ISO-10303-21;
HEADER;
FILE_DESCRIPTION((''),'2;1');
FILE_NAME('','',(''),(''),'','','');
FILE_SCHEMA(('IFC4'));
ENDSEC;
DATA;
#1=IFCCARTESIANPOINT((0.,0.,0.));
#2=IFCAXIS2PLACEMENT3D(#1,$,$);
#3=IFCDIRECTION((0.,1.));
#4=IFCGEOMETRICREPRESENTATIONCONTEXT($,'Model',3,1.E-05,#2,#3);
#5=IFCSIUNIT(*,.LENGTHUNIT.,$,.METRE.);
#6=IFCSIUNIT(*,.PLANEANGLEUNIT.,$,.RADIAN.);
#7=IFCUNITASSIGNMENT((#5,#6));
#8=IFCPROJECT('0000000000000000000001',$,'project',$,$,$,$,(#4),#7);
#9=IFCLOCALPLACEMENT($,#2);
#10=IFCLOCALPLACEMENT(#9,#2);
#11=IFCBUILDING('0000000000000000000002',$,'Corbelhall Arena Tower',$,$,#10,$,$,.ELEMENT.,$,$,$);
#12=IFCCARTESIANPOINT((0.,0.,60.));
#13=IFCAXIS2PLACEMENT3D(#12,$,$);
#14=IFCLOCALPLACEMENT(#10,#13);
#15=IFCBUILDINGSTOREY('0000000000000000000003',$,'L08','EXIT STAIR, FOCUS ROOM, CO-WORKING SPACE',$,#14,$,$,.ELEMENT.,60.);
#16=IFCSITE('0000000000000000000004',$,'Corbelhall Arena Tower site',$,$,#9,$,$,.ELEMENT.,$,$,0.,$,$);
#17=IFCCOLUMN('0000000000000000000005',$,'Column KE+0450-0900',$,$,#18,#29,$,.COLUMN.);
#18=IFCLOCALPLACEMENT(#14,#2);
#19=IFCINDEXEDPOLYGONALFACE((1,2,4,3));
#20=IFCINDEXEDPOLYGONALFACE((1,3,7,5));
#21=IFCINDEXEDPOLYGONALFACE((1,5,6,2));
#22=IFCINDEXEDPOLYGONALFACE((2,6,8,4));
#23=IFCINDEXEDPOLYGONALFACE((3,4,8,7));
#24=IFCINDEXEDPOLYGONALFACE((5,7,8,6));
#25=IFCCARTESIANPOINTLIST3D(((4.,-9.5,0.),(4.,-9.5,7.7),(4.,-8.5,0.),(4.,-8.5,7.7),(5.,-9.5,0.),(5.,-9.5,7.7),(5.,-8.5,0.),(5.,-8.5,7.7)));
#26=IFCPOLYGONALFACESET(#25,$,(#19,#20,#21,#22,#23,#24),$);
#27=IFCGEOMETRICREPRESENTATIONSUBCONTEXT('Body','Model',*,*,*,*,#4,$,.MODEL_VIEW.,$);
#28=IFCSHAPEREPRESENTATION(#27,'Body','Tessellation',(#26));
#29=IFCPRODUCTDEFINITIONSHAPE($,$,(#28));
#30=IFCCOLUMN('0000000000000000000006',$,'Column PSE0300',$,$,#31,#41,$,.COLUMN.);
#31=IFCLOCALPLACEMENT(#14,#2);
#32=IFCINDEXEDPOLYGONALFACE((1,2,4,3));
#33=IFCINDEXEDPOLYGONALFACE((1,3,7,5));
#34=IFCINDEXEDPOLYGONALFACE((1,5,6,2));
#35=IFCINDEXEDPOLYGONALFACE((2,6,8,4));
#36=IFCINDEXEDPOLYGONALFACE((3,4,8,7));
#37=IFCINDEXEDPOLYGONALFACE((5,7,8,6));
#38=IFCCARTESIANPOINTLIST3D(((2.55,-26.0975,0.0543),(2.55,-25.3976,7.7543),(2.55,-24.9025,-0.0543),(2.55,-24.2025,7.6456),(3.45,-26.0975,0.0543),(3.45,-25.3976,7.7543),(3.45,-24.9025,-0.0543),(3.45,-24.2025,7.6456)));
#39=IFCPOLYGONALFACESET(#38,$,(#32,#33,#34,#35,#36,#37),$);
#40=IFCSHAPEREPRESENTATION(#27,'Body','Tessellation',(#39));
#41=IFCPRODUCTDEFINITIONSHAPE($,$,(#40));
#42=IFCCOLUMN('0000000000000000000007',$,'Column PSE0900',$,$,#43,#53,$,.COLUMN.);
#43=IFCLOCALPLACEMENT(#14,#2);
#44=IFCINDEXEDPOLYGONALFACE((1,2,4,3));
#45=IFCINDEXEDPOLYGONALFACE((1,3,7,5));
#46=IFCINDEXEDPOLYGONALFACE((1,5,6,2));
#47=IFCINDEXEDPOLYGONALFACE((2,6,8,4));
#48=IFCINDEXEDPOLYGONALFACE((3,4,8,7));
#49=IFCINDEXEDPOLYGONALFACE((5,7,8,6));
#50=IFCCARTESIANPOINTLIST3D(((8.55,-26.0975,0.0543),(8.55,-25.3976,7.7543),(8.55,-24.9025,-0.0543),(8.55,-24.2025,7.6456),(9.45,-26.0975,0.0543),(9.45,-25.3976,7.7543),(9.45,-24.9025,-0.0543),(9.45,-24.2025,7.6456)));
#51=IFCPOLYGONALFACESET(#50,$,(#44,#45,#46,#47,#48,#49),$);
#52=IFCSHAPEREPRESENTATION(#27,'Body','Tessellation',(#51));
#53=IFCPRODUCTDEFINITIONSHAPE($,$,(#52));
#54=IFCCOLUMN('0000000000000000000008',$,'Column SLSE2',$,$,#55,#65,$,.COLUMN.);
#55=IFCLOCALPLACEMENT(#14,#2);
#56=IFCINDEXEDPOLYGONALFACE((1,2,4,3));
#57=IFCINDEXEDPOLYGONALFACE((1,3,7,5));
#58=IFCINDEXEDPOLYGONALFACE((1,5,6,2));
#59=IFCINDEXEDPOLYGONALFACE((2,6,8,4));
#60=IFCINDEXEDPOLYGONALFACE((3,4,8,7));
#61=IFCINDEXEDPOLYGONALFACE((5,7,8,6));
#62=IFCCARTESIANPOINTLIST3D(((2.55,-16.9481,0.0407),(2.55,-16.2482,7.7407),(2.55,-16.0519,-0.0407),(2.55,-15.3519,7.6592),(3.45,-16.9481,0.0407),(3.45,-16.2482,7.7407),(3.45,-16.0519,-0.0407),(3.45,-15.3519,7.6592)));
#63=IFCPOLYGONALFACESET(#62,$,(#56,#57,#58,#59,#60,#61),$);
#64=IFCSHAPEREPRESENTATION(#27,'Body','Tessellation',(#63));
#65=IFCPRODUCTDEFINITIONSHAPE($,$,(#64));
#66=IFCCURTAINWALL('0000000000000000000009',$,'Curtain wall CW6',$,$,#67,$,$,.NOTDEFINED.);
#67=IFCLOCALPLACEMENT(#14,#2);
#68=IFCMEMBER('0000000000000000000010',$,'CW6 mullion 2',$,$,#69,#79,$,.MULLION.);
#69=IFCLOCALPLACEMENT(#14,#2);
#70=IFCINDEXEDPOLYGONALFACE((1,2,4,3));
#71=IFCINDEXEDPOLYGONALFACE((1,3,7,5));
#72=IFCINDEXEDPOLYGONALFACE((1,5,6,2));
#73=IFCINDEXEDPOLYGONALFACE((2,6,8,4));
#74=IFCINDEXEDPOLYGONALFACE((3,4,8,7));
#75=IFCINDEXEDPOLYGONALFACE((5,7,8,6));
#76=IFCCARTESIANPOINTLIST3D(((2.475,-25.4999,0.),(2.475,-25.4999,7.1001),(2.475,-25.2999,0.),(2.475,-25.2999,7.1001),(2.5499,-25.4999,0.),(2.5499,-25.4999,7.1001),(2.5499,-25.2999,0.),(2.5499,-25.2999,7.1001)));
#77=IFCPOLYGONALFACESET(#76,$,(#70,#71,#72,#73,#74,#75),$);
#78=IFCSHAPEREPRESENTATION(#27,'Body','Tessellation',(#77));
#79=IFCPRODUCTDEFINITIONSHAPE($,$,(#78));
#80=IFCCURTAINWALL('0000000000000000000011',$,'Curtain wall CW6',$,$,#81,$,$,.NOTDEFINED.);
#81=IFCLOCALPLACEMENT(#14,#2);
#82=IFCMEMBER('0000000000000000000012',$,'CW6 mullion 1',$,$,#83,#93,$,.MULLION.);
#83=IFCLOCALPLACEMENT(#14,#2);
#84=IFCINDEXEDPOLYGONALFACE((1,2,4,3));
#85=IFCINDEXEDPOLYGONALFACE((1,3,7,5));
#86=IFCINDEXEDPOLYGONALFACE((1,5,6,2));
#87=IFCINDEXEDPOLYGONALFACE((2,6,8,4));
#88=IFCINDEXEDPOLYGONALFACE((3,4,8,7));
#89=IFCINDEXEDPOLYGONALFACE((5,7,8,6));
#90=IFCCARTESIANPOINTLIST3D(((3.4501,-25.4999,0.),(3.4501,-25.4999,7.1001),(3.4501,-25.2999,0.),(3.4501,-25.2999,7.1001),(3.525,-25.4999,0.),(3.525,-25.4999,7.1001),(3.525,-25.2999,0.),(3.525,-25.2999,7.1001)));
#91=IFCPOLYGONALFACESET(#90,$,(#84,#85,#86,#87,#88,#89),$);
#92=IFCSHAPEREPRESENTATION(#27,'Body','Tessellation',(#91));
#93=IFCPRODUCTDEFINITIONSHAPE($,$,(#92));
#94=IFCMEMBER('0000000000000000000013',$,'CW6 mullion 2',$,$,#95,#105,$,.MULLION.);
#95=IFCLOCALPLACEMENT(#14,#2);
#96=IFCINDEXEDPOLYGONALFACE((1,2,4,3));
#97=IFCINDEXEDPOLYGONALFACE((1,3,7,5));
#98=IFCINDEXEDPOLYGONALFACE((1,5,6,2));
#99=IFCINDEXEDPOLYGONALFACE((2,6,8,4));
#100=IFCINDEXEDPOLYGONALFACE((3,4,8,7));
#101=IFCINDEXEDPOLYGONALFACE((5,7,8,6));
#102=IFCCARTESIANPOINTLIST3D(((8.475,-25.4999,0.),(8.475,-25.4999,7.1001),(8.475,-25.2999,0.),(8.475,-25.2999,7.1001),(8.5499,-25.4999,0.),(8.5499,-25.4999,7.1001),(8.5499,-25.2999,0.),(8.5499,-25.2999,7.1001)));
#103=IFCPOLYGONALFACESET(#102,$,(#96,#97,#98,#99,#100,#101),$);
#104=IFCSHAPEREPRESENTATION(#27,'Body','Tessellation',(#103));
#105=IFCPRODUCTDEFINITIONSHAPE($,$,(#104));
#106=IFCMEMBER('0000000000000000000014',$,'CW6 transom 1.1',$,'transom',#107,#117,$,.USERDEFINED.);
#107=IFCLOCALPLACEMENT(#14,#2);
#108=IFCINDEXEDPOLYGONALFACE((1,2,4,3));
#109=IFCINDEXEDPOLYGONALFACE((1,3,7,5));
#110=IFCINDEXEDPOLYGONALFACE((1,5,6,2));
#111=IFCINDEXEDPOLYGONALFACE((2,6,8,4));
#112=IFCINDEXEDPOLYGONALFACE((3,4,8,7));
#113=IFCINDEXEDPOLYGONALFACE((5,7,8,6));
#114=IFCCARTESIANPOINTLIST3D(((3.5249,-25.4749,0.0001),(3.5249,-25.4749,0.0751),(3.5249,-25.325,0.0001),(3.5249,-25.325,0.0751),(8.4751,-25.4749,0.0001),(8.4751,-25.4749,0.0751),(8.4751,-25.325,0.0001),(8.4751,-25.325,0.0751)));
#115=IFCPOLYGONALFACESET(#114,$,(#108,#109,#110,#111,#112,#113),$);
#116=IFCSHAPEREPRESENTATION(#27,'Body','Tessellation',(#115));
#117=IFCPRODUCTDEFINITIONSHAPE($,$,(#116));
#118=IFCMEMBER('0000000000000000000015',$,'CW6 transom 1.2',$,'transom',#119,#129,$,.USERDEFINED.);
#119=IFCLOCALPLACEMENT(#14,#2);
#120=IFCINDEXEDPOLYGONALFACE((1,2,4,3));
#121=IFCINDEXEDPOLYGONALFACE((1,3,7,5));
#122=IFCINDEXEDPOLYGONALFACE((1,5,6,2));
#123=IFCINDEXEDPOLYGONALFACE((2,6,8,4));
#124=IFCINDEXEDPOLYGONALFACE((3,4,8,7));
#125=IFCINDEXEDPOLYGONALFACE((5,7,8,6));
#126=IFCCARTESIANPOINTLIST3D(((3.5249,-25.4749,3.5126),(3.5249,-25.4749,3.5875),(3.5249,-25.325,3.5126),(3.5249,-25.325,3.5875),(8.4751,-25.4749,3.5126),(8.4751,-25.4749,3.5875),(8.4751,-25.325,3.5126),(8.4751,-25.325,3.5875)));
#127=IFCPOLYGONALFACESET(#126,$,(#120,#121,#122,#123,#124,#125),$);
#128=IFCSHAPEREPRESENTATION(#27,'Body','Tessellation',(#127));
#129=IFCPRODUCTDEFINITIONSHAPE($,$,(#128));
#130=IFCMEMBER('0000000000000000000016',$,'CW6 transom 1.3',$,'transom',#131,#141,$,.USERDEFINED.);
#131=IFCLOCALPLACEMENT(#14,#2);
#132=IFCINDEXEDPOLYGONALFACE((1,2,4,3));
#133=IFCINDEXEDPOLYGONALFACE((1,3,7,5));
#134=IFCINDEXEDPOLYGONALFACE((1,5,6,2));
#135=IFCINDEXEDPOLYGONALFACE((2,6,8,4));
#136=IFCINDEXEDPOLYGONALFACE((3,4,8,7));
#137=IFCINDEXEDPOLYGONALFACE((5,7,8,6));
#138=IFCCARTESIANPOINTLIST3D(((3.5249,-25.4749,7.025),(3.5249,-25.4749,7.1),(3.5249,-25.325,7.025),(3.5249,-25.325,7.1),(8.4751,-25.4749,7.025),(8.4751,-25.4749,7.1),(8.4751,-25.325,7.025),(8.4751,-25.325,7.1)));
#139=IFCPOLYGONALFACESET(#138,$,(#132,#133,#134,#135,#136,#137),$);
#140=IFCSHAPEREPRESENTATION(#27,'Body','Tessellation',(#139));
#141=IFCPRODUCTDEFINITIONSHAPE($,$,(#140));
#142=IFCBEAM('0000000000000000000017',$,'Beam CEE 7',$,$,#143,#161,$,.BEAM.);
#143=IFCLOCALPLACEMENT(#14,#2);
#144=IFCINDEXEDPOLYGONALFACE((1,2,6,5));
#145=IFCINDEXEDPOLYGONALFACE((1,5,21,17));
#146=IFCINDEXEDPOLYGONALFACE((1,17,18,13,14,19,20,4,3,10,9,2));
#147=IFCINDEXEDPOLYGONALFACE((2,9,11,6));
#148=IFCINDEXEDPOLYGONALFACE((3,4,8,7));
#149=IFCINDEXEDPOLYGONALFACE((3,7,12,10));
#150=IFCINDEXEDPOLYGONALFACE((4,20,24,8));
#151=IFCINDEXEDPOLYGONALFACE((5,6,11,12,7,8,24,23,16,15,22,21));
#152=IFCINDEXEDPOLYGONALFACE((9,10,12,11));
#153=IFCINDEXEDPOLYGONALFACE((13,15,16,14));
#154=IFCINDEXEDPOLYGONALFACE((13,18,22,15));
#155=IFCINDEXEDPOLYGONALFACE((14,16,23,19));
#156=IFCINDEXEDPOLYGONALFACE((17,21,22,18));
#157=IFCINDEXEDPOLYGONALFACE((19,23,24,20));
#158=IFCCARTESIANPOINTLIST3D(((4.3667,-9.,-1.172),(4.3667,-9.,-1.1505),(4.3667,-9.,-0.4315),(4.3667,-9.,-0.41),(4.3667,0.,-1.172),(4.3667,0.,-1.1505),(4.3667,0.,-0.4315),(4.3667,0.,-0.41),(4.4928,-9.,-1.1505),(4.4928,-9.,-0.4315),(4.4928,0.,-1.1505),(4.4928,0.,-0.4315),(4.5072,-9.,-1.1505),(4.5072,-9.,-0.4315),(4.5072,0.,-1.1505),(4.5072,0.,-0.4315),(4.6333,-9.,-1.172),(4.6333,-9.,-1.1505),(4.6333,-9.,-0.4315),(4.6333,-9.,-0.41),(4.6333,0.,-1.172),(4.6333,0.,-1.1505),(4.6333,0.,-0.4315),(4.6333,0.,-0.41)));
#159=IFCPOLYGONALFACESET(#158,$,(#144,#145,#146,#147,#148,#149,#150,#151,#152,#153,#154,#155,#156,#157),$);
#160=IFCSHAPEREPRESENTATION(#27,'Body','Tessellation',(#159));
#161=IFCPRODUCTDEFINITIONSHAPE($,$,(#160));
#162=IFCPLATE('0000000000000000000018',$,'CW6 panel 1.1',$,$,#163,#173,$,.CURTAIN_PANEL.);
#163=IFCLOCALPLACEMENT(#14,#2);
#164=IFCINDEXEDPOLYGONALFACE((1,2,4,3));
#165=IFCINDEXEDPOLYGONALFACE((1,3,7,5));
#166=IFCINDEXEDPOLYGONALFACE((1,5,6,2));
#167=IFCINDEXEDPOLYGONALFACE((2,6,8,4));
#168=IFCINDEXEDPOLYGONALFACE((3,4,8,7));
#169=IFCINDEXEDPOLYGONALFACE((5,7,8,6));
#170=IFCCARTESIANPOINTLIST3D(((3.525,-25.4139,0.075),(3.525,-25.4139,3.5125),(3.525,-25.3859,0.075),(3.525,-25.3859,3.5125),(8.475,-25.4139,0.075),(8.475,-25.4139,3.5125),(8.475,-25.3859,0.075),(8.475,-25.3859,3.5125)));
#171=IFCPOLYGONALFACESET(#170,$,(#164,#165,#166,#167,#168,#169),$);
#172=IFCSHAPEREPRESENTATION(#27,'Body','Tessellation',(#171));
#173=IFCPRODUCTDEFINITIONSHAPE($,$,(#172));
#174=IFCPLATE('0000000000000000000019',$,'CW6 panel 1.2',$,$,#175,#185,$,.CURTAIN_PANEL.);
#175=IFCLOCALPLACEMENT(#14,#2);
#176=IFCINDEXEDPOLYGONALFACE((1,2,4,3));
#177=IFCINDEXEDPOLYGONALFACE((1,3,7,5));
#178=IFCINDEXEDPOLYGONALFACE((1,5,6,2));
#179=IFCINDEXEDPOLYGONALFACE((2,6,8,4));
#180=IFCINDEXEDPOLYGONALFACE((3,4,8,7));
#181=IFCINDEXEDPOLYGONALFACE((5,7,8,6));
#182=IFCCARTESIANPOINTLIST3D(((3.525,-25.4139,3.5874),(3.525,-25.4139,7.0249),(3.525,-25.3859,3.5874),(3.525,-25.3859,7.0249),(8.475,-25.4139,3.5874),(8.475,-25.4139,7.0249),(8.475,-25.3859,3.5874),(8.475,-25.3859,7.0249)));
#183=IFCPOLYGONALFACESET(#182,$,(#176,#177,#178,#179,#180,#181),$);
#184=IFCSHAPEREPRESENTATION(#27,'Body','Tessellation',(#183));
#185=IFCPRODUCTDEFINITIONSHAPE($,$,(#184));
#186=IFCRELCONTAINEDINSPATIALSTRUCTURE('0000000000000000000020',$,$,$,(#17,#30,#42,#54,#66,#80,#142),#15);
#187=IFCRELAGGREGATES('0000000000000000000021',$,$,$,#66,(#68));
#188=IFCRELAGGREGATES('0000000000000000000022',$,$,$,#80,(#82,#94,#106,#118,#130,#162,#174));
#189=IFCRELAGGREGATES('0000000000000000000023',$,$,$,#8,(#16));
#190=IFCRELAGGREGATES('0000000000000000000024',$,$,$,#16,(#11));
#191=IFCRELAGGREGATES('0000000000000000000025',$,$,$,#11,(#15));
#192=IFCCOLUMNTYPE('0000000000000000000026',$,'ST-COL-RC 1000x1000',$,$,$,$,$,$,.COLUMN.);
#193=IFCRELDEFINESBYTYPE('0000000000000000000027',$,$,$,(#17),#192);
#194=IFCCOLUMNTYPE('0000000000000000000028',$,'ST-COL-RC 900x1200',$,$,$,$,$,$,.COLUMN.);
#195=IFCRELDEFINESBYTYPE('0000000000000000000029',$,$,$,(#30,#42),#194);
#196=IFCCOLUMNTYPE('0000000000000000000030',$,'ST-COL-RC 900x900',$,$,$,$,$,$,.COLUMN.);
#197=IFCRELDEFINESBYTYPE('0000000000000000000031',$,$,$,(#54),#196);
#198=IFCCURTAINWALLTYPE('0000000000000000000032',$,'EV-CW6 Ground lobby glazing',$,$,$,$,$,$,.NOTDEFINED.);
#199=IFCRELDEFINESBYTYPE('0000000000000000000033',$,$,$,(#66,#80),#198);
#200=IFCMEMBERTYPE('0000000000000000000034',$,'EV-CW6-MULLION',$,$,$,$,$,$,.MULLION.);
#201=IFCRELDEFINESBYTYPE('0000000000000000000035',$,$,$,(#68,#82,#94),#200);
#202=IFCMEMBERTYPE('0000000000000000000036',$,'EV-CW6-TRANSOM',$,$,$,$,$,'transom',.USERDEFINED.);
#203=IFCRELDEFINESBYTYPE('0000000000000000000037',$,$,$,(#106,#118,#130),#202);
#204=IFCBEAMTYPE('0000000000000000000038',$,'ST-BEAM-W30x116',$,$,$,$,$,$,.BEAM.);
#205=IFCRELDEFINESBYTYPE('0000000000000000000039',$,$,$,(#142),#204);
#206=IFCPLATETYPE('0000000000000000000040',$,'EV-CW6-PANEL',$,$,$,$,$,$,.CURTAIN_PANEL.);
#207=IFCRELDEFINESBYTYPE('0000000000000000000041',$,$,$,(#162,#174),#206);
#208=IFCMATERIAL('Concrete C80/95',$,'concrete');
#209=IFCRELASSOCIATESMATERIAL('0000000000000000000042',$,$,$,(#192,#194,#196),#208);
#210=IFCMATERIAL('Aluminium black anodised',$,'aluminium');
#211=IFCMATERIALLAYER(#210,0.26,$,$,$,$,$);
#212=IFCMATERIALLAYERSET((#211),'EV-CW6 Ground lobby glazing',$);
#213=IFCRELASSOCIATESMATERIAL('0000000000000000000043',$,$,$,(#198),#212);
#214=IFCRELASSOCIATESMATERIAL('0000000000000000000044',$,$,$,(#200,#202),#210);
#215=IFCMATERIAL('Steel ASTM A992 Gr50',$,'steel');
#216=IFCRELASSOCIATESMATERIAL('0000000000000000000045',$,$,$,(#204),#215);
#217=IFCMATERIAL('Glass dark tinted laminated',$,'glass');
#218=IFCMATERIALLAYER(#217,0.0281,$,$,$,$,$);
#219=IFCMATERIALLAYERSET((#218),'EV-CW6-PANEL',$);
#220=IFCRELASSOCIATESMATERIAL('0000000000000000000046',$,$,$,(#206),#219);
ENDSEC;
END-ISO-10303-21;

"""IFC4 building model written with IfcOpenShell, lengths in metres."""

from ifc_helpers import new_model, si_unit, direction, frame, origin, origin_2d, place, context, subcontext, project, spatial, rectangle, i_section, extrude, material, layer, layer_set, material_profile, profile_set, type_object, element, aggregate, save


model = new_model("IFC4")

# Units and contexts
model_context = context("Model", 3, precision=1e-05, world=origin(), true_north=direction((0.0, 1.0)))
body_context = subcontext(model_context, "Body", "Model", "MODEL_VIEW")
ifc_project = project(units=[si_unit("LENGTHUNIT", "METRE"), si_unit("PLANEANGLEUNIT", "RADIAN")], contexts=[model_context])

# Site, building, storey
site_placement = place(None, origin())
site = spatial("IfcSite", under=ifc_project, at=site_placement, Name="Corbelhall Arena Tower site", CompositionType="ELEMENT", RefElevation=0.0)
building_placement = place(site_placement, origin())
building = spatial("IfcBuilding", under=site, at=building_placement, Name="Corbelhall Arena Tower", CompositionType="ELEMENT")
storey_placement = place(building_placement, frame((0.0, 0.0, 60.0)))
storey = spatial("IfcBuildingStorey", under=building, at=storey_placement, Name="L08", Description="EXIT STAIR, FOCUS ROOM, CO-WORKING SPACE", CompositionType="ELEMENT", Elevation=60.0)

# Columns
ifc_material_1 = material(Name="Concrete C80/95", Category="concrete")
ifc_material_profile_1 = material_profile(ifc_material_1, rectangle(XDim=1.0, YDim=1.0, at=origin_2d()))
ifc_profile_set_1 = profile_set([ifc_material_profile_1], Name="Concrete C80/95")
column_type_1 = type_object("IfcColumnType", Name="ST-COL-RC 1000x1000", PredefinedType="COLUMN", material=ifc_profile_set_1)
column_1_placement = place(storey_placement, frame((4.5, -9.0, 0.0), z_axis=(0.0, 0.0, 1.0), x_axis=(1.0, 0.0, 0.0)))
element("IfcColumn", 1, at=column_1_placement, inside=storey, type_object=column_type_1, Name="Column KE+0450-0900", PredefinedType="COLUMN", context=body_context, shape_type="SweptSolid", body=[
    extrude(rectangle(XDim=1.0, YDim=1.0, at=origin_2d()), origin(), (0.0, 0.0, 1.0), 7.7),
])
ifc_material_profile_2 = material_profile(ifc_material_1, rectangle(XDim=0.8999, YDim=1.2, at=origin_2d()))
ifc_profile_set_2 = profile_set([ifc_material_profile_2], Name="Concrete C80/95")
column_type_2 = type_object("IfcColumnType", Name="ST-COL-RC 900x1200", PredefinedType="COLUMN", material=ifc_profile_set_2)
for number, where, z_axis, x_axis, name in (
    (2, (3.0, -25.5, 0.0), (0.0, 0.09053, 0.995894), (-1.0, 0.0, 0.0), "Column PSE0300"),
    (3, (9.0, -25.5, 0.0), (0.0, 0.09053, 0.995894), (-1.0, 0.0, 0.0), "Column PSE0900"),
):
    element("IfcColumn", number, at=place(storey_placement, frame(where, z_axis=z_axis, x_axis=x_axis)), inside=storey, type_object=column_type_2, Name=name, PredefinedType="COLUMN", context=body_context, shape_type="SweptSolid", body=[
        extrude(rectangle(XDim=0.8999, YDim=1.2, at=origin_2d()), origin(), (0.0, 0.0, 1.0), 7.7317),
    ])
ifc_material_profile_3 = material_profile(ifc_material_1, rectangle(XDim=0.8999, YDim=0.8999, at=origin_2d()))
ifc_profile_set_3 = profile_set([ifc_material_profile_3], Name="Concrete C80/95")
column_type_3 = type_object("IfcColumnType", Name="ST-COL-RC 900x900", PredefinedType="COLUMN", material=ifc_profile_set_3)
column_2_placement = place(storey_placement, frame((3.0, -16.5, 0.0), z_axis=(0.0, 0.09053, 0.995894), x_axis=(-1.0, 0.0, 0.0)))
element("IfcColumn", 4, at=column_2_placement, inside=storey, type_object=column_type_3, Name="Column SLSE2", PredefinedType="COLUMN", context=body_context, shape_type="SweptSolid", body=[
    extrude(rectangle(XDim=0.8999, YDim=0.8999, at=origin_2d()), origin(), (0.0, 0.0, 1.0), 7.7317),
])

# Curtain wall, member
ifc_material_2 = material(Name="Aluminium black anodised", Category="aluminium")
ifc_layer_1 = layer(ifc_material_2, 0.26)
ifc_layer_set_1 = layer_set([ifc_layer_1], Name="EV-CW6 Ground lobby glazing")
curtain_wall_type = type_object("IfcCurtainWallType", Name="EV-CW6 Ground lobby glazing", PredefinedType="NOTDEFINED", material=ifc_layer_set_1)
curtain_wall_1_placement = place(storey_placement, origin())
curtain_wall_1 = element("IfcCurtainWall", 5, at=curtain_wall_1_placement, inside=storey, type_object=curtain_wall_type, Name="Curtain wall CW6", PredefinedType="NOTDEFINED")
ifc_material_profile_4 = material_profile(ifc_material_2, rectangle(XDim=0.2, YDim=0.075, at=origin_2d()))
ifc_profile_set_4 = profile_set([ifc_material_profile_4], Name="Aluminium black anodised")
member_type_1 = type_object("IfcMemberType", Name="EV-CW6-MULLION", PredefinedType="MULLION", material=ifc_profile_set_4)
member_1_placement = place(storey_placement, frame((2.5125, -25.3999, 0.0), z_axis=(0.0, 0.0, 1.0), x_axis=(0.0, 1.0, 0.0)))
member_1 = element("IfcMember", 6, at=member_1_placement, type_object=member_type_1, Name="CW6 mullion 2", PredefinedType="MULLION", context=body_context, shape_type="SweptSolid", body=[
    extrude(rectangle(XDim=0.2, YDim=0.075, at=origin_2d()), origin(), (0.0, 0.0, 1.0), 7.1001),
])
aggregate(curtain_wall_1, [member_1])

# Curtain wall, members
curtain_wall_2_placement = place(storey_placement, origin())
curtain_wall_2 = element("IfcCurtainWall", 7, at=curtain_wall_2_placement, inside=storey, type_object=curtain_wall_type, Name="Curtain wall CW6", PredefinedType="NOTDEFINED")
member_2_placement = place(storey_placement, frame((3.4875, -25.3999, 0.0), z_axis=(0.0, 0.0, 1.0), x_axis=(0.0, 1.0, 0.0)))
member_2 = element("IfcMember", 8, at=member_2_placement, type_object=member_type_1, Name="CW6 mullion 1", PredefinedType="MULLION", context=body_context, shape_type="SweptSolid", body=[
    extrude(rectangle(XDim=0.2, YDim=0.075, at=origin_2d()), origin(), (0.0, 0.0, 1.0), 7.1001),
])
member_3_placement = place(storey_placement, frame((8.5125, -25.3999, 0.0), z_axis=(0.0, 0.0, 1.0), x_axis=(0.0, 1.0, 0.0)))
member_3 = element("IfcMember", 9, at=member_3_placement, type_object=member_type_1, Name="CW6 mullion 2", PredefinedType="MULLION", context=body_context, shape_type="SweptSolid", body=[
    extrude(rectangle(XDim=0.2, YDim=0.075, at=origin_2d()), origin(), (0.0, 0.0, 1.0), 7.1001),
])
ifc_material_profile_5 = material_profile(ifc_material_2, rectangle(XDim=0.1499, YDim=0.075, at=origin_2d()))
ifc_profile_set_5 = profile_set([ifc_material_profile_5], Name="Aluminium black anodised")
member_type_2 = type_object("IfcMemberType", Name="EV-CW6-TRANSOM", ElementType="transom", PredefinedType="USERDEFINED", material=ifc_profile_set_5)
member_4_placement = place(storey_placement, frame((3.5249, -25.3999, 0.0376), z_axis=(1.0, 0.0, 0.0), x_axis=(0.0, 1.0, 0.0)))
member_4 = element("IfcMember", 10, at=member_4_placement, type_object=member_type_2, Name="CW6 transom 1.1", ObjectType="transom", PredefinedType="USERDEFINED", context=body_context, shape_type="SweptSolid", body=[
    extrude(rectangle(XDim=0.1499, YDim=0.075, at=origin_2d()), origin(), (0.0, 0.0, 1.0), 4.9502),
])
member_5_placement = place(storey_placement, frame((3.5249, -25.3999, 3.55), z_axis=(1.0, 0.0, 0.0), x_axis=(0.0, 1.0, 0.0)))
member_5 = element("IfcMember", 11, at=member_5_placement, type_object=member_type_2, Name="CW6 transom 1.2", ObjectType="transom", PredefinedType="USERDEFINED", context=body_context, shape_type="SweptSolid", body=[
    extrude(rectangle(XDim=0.1499, YDim=0.075, at=origin_2d()), origin(), (0.0, 0.0, 1.0), 4.9502),
])
member_6_placement = place(storey_placement, frame((3.5249, -25.3999, 7.0625), z_axis=(1.0, 0.0, 0.0), x_axis=(0.0, 1.0, 0.0)))
member_6 = element("IfcMember", 12, at=member_6_placement, type_object=member_type_2, Name="CW6 transom 1.3", ObjectType="transom", PredefinedType="USERDEFINED", context=body_context, shape_type="SweptSolid", body=[
    extrude(rectangle(XDim=0.1499, YDim=0.075, at=origin_2d()), origin(), (0.0, 0.0, 1.0), 4.9502),
])

# Beam
ifc_material_3 = material(Name="Steel ASTM A992 Gr50", Category="steel")
ifc_material_profile_6 = material_profile(ifc_material_3, i_section(OverallWidth=0.2666, OverallDepth=0.762, WebThickness=0.0144, FlangeThickness=0.0215, at=origin_2d()))
ifc_profile_set_6 = profile_set([ifc_material_profile_6], Name="Steel ASTM A992 Gr50")
beam_type = type_object("IfcBeamType", Name="ST-BEAM-W30x116", PredefinedType="BEAM", material=ifc_profile_set_6)
beam_placement = place(storey_placement, frame((4.5, -9.0, -0.791), z_axis=(0.0, 1.0, 0.0), x_axis=(-1.0, 0.0, 0.0)))
element("IfcBeam", 13, at=beam_placement, inside=storey, type_object=beam_type, Name="Beam CEE 7", PredefinedType="BEAM", context=body_context, shape_type="SweptSolid", body=[
    extrude(i_section(OverallWidth=0.2666, OverallDepth=0.762, WebThickness=0.0144, FlangeThickness=0.0215, at=origin_2d()), origin(), (0.0, 0.0, 1.0), 9.0),
])

# Plates
ifc_material_4 = material(Name="Glass dark tinted laminated", Category="glass")
ifc_layer_2 = layer(ifc_material_4, 0.0281)
ifc_layer_set_2 = layer_set([ifc_layer_2], Name="EV-CW6-PANEL")
plate_type = type_object("IfcPlateType", Name="EV-CW6-PANEL", PredefinedType="CURTAIN_PANEL", material=ifc_layer_set_2)
plate_1_placement = place(storey_placement, frame((6.0, -25.3999, 0.075), z_axis=(0.0, 0.0, 1.0), x_axis=(1.0, 0.0, 0.0)))
plate_1 = element("IfcPlate", 14, at=plate_1_placement, type_object=plate_type, Name="CW6 panel 1.1", PredefinedType="CURTAIN_PANEL", context=body_context, shape_type="SweptSolid", body=[
    extrude(rectangle(XDim=4.95, YDim=0.0281, at=origin_2d()), origin(), (0.0, 0.0, 1.0), 3.4375),
])
plate_2_placement = place(storey_placement, frame((6.0, -25.3999, 3.5874), z_axis=(0.0, 0.0, 1.0), x_axis=(1.0, 0.0, 0.0)))
plate_2 = element("IfcPlate", 15, at=plate_2_placement, type_object=plate_type, Name="CW6 panel 1.2", PredefinedType="CURTAIN_PANEL", context=body_context, shape_type="SweptSolid", body=[
    extrude(rectangle(XDim=4.95, YDim=0.0281, at=origin_2d()), origin(), (0.0, 0.0, 1.0), 3.4375),
])
aggregate(curtain_wall_2, [member_2, member_3, member_4, member_5, member_6, plate_1, plate_2])

save(model, "model.ifc")
